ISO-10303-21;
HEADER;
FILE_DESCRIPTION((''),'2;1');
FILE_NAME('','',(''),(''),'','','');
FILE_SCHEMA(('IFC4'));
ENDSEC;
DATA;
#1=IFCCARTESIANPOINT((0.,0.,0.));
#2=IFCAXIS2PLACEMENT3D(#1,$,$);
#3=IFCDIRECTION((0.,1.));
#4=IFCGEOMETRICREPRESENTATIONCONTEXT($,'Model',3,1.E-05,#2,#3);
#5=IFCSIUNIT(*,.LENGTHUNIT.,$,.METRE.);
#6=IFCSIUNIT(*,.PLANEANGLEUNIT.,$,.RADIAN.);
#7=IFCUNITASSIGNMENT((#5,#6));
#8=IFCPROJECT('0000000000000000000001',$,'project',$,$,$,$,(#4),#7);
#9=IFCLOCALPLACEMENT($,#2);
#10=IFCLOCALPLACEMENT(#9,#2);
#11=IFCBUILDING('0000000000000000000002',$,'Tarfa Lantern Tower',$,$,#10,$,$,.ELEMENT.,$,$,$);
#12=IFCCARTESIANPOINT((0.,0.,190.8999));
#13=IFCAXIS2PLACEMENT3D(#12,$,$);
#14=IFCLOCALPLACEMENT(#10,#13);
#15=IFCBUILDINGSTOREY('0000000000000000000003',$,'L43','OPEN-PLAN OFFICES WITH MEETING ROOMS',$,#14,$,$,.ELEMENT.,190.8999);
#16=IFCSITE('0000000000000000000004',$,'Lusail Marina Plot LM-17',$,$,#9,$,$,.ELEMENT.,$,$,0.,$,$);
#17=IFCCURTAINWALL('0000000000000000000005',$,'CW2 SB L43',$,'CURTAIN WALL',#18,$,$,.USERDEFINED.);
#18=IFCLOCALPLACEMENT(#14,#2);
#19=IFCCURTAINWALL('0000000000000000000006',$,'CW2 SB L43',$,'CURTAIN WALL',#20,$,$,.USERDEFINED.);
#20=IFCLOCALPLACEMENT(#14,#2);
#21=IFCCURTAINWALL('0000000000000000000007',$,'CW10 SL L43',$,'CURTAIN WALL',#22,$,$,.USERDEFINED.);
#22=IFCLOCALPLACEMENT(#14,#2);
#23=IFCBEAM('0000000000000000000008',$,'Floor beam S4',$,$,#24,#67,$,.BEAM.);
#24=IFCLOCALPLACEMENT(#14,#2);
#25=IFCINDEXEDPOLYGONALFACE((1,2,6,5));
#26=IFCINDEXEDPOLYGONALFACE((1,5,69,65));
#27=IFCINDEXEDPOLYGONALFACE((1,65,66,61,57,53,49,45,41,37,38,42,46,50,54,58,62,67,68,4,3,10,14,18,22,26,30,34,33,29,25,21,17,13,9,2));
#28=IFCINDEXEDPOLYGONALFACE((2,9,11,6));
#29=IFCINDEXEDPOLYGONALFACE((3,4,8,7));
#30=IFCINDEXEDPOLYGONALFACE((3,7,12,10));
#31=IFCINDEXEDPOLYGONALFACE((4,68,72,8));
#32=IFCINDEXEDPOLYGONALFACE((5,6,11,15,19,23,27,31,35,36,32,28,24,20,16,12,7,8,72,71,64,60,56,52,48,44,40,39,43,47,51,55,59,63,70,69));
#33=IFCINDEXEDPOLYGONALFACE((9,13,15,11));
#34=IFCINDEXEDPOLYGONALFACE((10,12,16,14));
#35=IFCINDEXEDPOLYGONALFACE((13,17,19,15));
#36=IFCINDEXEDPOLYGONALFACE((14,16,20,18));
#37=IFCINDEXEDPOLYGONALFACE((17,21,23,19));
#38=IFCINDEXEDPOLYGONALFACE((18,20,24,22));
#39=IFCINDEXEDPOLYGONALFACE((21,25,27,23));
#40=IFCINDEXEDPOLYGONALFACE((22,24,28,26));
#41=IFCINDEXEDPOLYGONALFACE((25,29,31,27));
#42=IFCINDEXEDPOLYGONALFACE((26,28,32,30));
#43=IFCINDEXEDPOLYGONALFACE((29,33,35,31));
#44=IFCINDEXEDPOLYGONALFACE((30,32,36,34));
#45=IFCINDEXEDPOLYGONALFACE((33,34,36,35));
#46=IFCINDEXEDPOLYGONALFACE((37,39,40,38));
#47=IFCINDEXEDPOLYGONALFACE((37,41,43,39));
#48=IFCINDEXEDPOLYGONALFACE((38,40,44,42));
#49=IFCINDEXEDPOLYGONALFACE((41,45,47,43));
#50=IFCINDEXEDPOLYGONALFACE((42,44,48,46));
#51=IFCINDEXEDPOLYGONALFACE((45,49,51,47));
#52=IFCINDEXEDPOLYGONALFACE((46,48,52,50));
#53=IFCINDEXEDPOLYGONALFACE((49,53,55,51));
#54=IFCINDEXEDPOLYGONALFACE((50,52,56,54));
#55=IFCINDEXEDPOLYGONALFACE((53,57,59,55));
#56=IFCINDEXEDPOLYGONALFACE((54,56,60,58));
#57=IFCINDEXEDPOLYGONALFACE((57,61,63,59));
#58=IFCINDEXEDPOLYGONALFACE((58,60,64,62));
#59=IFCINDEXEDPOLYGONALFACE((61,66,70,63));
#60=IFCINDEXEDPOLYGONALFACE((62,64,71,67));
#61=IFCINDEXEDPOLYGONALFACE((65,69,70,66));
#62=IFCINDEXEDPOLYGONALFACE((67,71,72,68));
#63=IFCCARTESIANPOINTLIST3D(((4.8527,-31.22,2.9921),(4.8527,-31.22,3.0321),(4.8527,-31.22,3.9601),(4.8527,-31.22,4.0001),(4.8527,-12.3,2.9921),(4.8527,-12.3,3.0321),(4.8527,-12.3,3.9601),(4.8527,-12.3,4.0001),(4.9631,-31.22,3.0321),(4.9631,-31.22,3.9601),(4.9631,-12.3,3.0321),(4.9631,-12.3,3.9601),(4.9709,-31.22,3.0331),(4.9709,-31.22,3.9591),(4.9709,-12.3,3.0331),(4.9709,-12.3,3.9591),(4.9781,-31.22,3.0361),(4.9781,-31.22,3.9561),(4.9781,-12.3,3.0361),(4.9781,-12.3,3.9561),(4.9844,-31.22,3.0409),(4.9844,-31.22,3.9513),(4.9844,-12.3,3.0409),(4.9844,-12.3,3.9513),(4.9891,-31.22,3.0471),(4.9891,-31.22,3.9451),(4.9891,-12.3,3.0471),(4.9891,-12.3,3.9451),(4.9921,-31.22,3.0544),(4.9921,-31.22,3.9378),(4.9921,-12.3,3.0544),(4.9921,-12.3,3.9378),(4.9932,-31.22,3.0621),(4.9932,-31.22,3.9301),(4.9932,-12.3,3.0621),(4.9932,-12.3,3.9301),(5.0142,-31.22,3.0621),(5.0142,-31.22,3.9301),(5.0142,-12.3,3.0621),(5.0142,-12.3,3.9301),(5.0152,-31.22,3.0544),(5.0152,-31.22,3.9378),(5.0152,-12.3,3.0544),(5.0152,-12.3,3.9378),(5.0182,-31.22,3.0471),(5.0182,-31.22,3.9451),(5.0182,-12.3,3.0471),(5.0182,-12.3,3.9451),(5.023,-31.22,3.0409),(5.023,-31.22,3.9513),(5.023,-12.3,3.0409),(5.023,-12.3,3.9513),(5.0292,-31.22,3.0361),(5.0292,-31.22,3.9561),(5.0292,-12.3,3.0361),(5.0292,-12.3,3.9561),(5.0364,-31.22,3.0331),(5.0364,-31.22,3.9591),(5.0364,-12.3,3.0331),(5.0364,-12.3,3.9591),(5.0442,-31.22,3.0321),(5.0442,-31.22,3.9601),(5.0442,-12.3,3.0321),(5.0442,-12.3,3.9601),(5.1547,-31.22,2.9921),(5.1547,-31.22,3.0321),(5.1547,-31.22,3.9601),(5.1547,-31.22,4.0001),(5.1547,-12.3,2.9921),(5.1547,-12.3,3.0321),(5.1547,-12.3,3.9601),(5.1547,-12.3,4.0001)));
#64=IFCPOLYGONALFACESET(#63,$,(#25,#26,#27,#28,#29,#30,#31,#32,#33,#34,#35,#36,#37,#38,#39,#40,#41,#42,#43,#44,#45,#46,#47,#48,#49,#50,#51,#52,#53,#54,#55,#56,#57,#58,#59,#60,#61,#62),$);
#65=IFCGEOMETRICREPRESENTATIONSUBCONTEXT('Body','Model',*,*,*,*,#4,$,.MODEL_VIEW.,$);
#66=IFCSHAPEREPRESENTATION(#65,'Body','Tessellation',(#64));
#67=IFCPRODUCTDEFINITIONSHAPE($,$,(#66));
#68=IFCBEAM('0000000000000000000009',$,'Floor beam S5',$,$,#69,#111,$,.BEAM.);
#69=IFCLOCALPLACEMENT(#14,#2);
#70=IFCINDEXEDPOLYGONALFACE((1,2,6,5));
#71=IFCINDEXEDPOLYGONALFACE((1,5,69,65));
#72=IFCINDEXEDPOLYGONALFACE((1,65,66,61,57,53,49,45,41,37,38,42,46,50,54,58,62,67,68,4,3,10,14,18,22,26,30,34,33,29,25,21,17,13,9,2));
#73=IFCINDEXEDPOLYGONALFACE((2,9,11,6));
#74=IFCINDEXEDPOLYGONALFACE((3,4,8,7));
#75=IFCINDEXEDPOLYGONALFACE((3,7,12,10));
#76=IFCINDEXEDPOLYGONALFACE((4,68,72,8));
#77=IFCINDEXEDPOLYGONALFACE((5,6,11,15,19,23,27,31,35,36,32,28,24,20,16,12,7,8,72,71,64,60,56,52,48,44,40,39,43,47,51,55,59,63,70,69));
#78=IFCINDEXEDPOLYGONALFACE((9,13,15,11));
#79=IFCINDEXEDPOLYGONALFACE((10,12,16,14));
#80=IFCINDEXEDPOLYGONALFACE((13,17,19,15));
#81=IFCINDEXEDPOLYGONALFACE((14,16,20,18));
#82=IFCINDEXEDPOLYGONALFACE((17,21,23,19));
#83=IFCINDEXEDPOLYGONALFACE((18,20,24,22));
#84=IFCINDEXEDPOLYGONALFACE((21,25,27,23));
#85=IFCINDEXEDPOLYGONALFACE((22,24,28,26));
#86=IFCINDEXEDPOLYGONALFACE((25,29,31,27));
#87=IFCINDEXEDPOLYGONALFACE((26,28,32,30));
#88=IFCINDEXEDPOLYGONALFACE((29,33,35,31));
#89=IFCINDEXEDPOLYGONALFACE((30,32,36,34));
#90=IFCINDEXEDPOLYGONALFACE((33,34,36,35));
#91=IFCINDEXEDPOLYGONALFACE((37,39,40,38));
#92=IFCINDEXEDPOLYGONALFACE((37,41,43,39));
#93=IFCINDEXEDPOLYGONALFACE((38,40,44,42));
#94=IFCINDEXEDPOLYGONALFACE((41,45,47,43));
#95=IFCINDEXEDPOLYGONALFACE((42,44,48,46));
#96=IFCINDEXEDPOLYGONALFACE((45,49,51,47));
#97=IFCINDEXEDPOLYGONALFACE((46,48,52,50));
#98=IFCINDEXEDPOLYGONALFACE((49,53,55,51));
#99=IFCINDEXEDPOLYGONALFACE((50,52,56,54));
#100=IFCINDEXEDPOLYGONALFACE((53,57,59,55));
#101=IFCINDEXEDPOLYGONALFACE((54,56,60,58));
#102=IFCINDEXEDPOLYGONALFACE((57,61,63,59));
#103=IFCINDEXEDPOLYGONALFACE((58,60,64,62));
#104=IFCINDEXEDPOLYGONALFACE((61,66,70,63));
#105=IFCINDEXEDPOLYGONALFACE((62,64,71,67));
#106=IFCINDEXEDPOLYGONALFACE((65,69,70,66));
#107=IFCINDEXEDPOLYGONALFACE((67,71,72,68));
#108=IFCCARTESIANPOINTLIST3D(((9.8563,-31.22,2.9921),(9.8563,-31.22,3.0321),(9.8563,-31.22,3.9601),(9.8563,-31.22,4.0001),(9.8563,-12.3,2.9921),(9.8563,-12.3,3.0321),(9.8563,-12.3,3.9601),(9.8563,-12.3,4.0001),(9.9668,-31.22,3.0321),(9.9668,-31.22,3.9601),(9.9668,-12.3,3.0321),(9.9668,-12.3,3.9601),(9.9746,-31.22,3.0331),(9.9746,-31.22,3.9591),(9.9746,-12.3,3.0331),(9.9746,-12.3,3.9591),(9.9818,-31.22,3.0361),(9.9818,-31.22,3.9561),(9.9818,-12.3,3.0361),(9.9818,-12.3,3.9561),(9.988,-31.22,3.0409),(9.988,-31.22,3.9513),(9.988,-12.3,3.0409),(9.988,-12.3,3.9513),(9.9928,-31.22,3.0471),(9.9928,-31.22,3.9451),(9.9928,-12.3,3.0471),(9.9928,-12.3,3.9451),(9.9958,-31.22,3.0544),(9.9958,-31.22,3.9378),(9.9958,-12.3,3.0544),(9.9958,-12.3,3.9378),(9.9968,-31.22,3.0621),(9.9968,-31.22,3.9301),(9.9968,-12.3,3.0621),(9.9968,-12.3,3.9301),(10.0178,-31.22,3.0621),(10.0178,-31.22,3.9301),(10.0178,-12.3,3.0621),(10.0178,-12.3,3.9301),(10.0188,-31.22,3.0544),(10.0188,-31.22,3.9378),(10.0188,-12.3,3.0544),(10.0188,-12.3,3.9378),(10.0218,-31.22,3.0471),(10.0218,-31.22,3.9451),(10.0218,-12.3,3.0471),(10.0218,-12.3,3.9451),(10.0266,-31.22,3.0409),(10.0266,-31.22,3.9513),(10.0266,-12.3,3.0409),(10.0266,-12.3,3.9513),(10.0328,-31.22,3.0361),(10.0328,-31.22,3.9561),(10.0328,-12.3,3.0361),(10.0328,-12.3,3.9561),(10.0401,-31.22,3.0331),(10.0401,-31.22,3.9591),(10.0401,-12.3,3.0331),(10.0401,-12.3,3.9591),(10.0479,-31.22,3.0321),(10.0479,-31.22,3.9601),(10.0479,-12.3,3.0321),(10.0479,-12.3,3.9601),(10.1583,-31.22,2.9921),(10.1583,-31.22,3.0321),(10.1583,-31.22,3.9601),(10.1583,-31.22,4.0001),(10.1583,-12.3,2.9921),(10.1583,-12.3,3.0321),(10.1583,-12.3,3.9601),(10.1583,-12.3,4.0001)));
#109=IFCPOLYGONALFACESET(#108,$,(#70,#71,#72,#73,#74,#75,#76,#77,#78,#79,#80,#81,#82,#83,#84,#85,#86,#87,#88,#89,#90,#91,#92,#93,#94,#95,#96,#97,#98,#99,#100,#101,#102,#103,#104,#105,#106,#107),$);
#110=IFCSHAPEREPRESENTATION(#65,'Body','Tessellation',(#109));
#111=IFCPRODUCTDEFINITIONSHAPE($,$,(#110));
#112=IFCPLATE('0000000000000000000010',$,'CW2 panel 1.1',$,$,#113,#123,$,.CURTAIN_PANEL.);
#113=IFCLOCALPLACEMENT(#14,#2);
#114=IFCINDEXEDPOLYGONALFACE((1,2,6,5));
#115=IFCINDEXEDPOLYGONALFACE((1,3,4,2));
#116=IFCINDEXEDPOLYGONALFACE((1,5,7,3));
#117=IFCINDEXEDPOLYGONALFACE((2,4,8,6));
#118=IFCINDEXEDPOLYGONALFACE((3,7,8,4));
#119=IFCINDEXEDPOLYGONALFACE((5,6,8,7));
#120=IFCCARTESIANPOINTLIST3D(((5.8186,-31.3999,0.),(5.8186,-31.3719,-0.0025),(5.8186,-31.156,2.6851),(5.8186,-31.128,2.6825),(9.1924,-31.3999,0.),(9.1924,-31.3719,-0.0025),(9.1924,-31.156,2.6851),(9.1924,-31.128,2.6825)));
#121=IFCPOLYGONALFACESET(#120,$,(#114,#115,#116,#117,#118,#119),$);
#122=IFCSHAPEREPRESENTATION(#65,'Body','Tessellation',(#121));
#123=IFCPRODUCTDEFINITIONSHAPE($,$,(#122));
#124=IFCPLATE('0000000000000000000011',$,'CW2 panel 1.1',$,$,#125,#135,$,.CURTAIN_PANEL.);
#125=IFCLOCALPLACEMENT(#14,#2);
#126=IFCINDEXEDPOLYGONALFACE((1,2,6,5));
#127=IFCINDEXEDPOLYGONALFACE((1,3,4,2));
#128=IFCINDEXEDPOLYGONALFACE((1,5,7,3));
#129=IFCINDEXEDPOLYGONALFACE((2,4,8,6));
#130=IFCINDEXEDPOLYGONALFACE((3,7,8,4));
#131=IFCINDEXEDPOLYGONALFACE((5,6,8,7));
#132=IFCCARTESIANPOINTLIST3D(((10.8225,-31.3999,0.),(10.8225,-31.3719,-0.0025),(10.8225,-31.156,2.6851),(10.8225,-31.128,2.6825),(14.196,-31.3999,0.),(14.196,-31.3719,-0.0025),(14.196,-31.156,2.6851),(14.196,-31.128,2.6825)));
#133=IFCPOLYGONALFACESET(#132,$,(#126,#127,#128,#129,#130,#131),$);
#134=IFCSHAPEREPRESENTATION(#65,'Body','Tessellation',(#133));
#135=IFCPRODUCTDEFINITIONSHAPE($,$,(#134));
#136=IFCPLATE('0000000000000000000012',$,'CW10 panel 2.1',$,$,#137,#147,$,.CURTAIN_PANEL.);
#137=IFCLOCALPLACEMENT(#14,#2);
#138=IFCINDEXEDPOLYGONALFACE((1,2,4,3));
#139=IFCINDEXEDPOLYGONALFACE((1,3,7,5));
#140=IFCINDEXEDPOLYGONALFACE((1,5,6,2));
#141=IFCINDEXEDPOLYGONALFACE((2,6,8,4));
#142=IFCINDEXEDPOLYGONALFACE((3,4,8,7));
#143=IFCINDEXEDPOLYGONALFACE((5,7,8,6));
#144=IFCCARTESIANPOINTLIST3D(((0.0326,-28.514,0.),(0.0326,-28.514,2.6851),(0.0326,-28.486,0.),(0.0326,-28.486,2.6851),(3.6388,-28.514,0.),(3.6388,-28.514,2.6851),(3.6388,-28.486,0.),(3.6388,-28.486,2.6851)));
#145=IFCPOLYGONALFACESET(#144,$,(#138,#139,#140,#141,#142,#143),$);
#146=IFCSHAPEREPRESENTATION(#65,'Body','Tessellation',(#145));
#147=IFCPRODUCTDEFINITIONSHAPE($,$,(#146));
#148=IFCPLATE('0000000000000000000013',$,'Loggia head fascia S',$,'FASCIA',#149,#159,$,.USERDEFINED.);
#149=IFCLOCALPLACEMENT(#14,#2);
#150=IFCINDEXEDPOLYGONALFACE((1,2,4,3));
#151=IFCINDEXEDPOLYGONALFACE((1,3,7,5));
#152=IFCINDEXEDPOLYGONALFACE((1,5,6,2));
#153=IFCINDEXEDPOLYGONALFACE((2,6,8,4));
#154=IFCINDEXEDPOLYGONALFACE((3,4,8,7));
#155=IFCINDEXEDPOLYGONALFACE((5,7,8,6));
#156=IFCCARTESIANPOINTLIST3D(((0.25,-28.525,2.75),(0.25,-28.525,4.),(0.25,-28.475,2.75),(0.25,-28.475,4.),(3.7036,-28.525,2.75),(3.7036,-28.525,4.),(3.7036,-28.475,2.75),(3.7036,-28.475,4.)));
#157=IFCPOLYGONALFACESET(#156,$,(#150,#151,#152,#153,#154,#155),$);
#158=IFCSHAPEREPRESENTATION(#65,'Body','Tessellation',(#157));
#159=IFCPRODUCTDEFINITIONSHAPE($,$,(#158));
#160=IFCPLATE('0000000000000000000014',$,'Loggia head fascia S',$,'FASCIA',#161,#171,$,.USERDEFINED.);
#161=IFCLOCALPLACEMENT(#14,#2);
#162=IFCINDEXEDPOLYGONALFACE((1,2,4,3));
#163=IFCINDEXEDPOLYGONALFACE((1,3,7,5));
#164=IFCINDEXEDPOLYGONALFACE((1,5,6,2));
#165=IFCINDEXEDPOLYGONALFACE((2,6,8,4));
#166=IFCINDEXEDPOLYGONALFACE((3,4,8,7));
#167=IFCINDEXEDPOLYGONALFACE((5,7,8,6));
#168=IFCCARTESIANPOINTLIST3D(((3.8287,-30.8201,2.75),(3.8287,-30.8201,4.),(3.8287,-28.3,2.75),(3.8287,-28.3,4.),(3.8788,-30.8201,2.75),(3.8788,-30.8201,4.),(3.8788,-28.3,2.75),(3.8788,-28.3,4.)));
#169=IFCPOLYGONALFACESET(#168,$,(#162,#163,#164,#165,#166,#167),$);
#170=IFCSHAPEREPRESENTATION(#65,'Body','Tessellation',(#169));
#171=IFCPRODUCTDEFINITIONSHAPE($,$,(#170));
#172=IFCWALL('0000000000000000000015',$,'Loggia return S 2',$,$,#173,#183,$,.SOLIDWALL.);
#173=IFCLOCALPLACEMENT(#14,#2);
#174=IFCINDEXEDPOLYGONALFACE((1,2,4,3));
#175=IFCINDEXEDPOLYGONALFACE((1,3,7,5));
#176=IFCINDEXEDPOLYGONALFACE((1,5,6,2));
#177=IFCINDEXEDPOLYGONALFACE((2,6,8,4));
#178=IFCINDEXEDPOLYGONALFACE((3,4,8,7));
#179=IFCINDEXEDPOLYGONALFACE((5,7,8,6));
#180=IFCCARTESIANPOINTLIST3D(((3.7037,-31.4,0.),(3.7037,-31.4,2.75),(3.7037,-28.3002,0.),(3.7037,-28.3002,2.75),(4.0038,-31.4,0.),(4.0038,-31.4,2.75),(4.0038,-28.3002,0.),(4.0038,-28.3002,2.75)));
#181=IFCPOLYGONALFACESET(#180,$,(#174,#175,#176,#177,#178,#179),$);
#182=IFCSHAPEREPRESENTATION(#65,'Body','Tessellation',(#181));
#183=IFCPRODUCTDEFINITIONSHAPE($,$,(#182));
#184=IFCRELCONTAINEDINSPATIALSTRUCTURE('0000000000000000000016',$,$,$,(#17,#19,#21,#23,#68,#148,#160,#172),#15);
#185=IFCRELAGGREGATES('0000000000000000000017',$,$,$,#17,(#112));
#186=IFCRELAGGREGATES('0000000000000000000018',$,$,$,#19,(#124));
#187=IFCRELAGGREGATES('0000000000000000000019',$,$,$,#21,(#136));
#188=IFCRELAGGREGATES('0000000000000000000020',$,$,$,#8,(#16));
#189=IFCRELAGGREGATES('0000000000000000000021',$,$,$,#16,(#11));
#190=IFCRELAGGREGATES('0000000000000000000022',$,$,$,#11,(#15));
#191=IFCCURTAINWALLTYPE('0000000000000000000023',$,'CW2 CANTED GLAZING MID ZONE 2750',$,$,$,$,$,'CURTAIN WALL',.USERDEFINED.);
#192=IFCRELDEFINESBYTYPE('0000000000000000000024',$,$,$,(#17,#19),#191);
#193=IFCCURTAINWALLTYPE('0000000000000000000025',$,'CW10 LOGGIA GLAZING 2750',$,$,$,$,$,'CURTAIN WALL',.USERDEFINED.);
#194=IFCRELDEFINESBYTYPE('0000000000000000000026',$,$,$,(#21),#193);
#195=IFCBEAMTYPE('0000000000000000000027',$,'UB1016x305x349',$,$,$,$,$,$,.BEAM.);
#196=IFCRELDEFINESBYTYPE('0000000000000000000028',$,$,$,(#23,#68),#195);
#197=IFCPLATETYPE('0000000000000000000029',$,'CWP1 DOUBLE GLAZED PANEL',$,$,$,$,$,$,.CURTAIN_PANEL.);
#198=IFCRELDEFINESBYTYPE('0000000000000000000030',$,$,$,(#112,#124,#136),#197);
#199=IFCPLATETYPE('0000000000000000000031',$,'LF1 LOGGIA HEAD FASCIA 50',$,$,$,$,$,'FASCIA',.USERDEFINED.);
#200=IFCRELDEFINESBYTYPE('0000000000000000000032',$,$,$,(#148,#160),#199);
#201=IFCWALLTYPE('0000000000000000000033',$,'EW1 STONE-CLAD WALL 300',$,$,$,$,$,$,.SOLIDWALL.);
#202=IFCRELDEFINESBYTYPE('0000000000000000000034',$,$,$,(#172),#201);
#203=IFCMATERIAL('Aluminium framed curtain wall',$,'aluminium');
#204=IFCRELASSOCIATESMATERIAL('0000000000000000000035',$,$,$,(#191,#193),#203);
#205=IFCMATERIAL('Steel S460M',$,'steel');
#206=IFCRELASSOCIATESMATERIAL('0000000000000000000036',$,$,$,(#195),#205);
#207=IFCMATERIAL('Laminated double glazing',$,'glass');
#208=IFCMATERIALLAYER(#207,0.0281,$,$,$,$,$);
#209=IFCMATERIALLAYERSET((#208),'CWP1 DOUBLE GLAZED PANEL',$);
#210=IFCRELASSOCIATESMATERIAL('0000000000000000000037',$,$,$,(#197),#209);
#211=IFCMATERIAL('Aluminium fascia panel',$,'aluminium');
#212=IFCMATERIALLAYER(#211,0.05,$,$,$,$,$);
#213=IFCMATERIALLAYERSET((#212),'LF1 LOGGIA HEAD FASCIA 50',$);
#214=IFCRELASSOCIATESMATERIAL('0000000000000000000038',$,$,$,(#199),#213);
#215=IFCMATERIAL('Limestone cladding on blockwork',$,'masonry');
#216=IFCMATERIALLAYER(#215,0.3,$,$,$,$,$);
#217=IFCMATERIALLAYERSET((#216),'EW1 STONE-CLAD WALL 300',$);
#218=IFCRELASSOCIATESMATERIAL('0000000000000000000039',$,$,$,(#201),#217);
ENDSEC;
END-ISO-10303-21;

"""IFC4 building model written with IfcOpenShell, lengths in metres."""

from ifc_helpers import new_model, si_unit, direction, frame, frame_2d, origin, origin_2d, place, context, subcontext, project, spatial, polyline, rectangle, i_section, outline, extrude, material, layer, layer_set, material_profile, profile_set, type_object, element, aggregate, save


model = new_model("IFC4")

# Units and contexts
model_context = context("Model", 3, precision=1e-05, world=origin(), true_north=direction((0.0, 1.0)))
body_context = subcontext(model_context, "Body", "Model", "MODEL_VIEW")
ifc_project = project(units=[si_unit("LENGTHUNIT", "METRE"), si_unit("PLANEANGLEUNIT", "RADIAN")], contexts=[model_context])

# Site, building, storey
site_placement = place(None, origin())
site = spatial("IfcSite", under=ifc_project, at=site_placement, Name="Lusail Marina Plot LM-17", CompositionType="ELEMENT", RefElevation=0.0)
building_placement = place(site_placement, origin())
building = spatial("IfcBuilding", under=site, at=building_placement, Name="Tarfa Lantern Tower", CompositionType="ELEMENT")
storey_placement = place(building_placement, frame((0.0, 0.0, 190.8999)))
storey = spatial("IfcBuildingStorey", under=building, at=storey_placement, Name="L43", Description="OPEN-PLAN OFFICES WITH MEETING ROOMS", CompositionType="ELEMENT", Elevation=190.8999)

# Curtain wall
ifc_material_1 = material(Name="Aluminium framed curtain wall", Category="aluminium")
curtain_wall_type_1 = type_object("IfcCurtainWallType", Name="CW2 CANTED GLAZING MID ZONE 2750", ElementType="CURTAIN WALL", PredefinedType="USERDEFINED", material=ifc_material_1)
curtain_wall_1_placement = place(storey_placement, origin())
curtain_wall_1 = element("IfcCurtainWall", 1, at=curtain_wall_1_placement, inside=storey, type_object=curtain_wall_type_1, Name="CW2 SB L43", ObjectType="CURTAIN WALL", PredefinedType="USERDEFINED")

# Curtain walls
curtain_wall_2_placement = place(storey_placement, origin())
curtain_wall_2 = element("IfcCurtainWall", 2, at=curtain_wall_2_placement, inside=storey, type_object=curtain_wall_type_1, Name="CW2 SB L43", ObjectType="CURTAIN WALL", PredefinedType="USERDEFINED")
curtain_wall_type_2 = type_object("IfcCurtainWallType", Name="CW10 LOGGIA GLAZING 2750", ElementType="CURTAIN WALL", PredefinedType="USERDEFINED", material=ifc_material_1)
curtain_wall_3_placement = place(storey_placement, origin())
curtain_wall_3 = element("IfcCurtainWall", 3, at=curtain_wall_3_placement, inside=storey, type_object=curtain_wall_type_2, Name="CW10 SL L43", ObjectType="CURTAIN WALL", PredefinedType="USERDEFINED")

# Beams
ifc_material_2 = material(Name="Steel S460M", Category="steel")
ifc_material_profile_1 = material_profile(ifc_material_2, i_section(OverallWidth=0.302, OverallDepth=1.0081, WebThickness=0.021, FlangeThickness=0.04, FilletRadius=0.03, at=origin_2d()), Name="UB1016x305x349")
ifc_profile_set_1 = profile_set([ifc_material_profile_1], Name="Steel S460M")
beam_type_1 = type_object("IfcBeamType", Name="UB1016x305x349", PredefinedType="BEAM", material=ifc_profile_set_1)
for number, where, z_axis, x_axis, name in (
    (4, (5.0037, -31.22, 3.4961), (0.0, 1.0, 0.0), (-1.0, 0.0, 0.0), "Floor beam S4"),
    (5, (10.0073, -31.22, 3.4961), (0.0, 1.0, 0.0), (-1.0, 0.0, 0.0), "Floor beam S5"),
):
    element("IfcBeam", number, at=place(storey_placement, frame(where, z_axis=z_axis, x_axis=x_axis)), inside=storey, type_object=beam_type_1, Name=name, PredefinedType="BEAM", context=body_context, shape_type="SweptSolid", body=[
        extrude(i_section(OverallWidth=0.302, OverallDepth=1.0081, WebThickness=0.021, FlangeThickness=0.04, FilletRadius=0.03, at=origin_2d()), origin(), (0.0, 0.0, 1.0), 18.9199),
    ])

# Plates
ifc_material_3 = material(Name="Laminated double glazing", Category="glass")
ifc_layer_1 = layer(ifc_material_3, 0.0281)
ifc_layer_set_1 = layer_set([ifc_layer_1], Name="CWP1 DOUBLE GLAZED PANEL")
plate_type_1 = type_object("IfcPlateType", Name="CWP1 DOUBLE GLAZED PANEL", PredefinedType="CURTAIN_PANEL", material=ifc_layer_set_1)
plate_1_placement = place(storey_placement, frame((5.8186, -31.3999, 0.0), z_axis=(0.0, -0.9959, 0.090462), x_axis=(1.0, 0.0, 0.0)))
plate_1 = element("IfcPlate", 6, at=plate_1_placement, type_object=plate_type_1, Name="CW2 panel 1.1", PredefinedType="CURTAIN_PANEL", context=body_context, shape_type="SweptSolid", body=[
    extrude(outline(polyline([(0.0, 0.0), (3.3738, 0.0), (3.3738, 2.6961), (0.0, 2.6961), (0.0, 0.0)])), origin(), (0.0, 0.0, -1.0), 0.0281),
])
aggregate(curtain_wall_1, [plate_1])
plate_2_placement = place(storey_placement, frame((10.8225, -31.3999, 0.0), z_axis=(0.0, -0.9959, 0.090462), x_axis=(1.0, 0.0, 0.0)))
plate_2 = element("IfcPlate", 7, at=plate_2_placement, type_object=plate_type_1, Name="CW2 panel 1.1", PredefinedType="CURTAIN_PANEL", context=body_context, shape_type="SweptSolid", body=[
    extrude(outline(polyline([(0.0, 0.0), (3.3735, 0.0), (3.3735, 2.6961), (0.0, 2.6961), (0.0, 0.0)])), origin(), (0.0, 0.0, -1.0), 0.0281),
])
aggregate(curtain_wall_2, [plate_2])
plate_3_placement = place(storey_placement, frame((1.8357, -28.5, 0.0), z_axis=(0.0, 0.0, 1.0), x_axis=(1.0, 0.0, 0.0)))
plate_3 = element("IfcPlate", 8, at=plate_3_placement, type_object=plate_type_1, Name="CW10 panel 2.1", PredefinedType="CURTAIN_PANEL", context=body_context, shape_type="SweptSolid", body=[
    extrude(rectangle(XDim=3.6062, YDim=0.0281, at=origin_2d()), origin(), (0.0, 0.0, 1.0), 2.6851),
])
aggregate(curtain_wall_3, [plate_3])

# Plates
ifc_material_4 = material(Name="Aluminium fascia panel", Category="aluminium")
ifc_layer_2 = layer(ifc_material_4, 0.05)
ifc_layer_set_2 = layer_set([ifc_layer_2], Name="LF1 LOGGIA HEAD FASCIA 50")
plate_type_2 = type_object("IfcPlateType", Name="LF1 LOGGIA HEAD FASCIA 50", ElementType="FASCIA", PredefinedType="USERDEFINED", material=ifc_layer_set_2)
plate_4_placement = place(storey_placement, frame((1.9768, -28.5, 2.75), z_axis=(0.0, 0.0, 1.0), x_axis=(1.0, 0.0, 0.0)))
element("IfcPlate", 9, at=plate_4_placement, inside=storey, type_object=plate_type_2, Name="Loggia head fascia S", ObjectType="FASCIA", PredefinedType="USERDEFINED", context=body_context, shape_type="SweptSolid", body=[
    extrude(rectangle(XDim=3.4536, YDim=0.05, at=origin_2d()), origin(), (0.0, 0.0, 1.0), 1.25),
])
plate_5_placement = place(storey_placement, frame((3.8538, -29.5601, 2.75), z_axis=(0.0, 0.0, 1.0), x_axis=(0.0, 1.0, 0.0)))
element("IfcPlate", 10, at=plate_5_placement, inside=storey, type_object=plate_type_2, Name="Loggia head fascia S", ObjectType="FASCIA", PredefinedType="USERDEFINED", context=body_context, shape_type="SweptSolid", body=[
    extrude(rectangle(XDim=2.52, YDim=0.05, at=origin_2d()), origin(), (0.0, 0.0, 1.0), 1.25),
])

# Wall
ifc_material_5 = material(Name="Limestone cladding on blockwork", Category="masonry")
ifc_layer_3 = layer(ifc_material_5, 0.3)
ifc_layer_set_3 = layer_set([ifc_layer_3], Name="EW1 STONE-CLAD WALL 300")
wall_type = type_object("IfcWallType", Name="EW1 STONE-CLAD WALL 300", PredefinedType="SOLIDWALL", material=ifc_layer_set_3)
wall_placement = place(storey_placement, frame((3.8538, -31.3999, 0.0), z_axis=(0.0, 0.0, 1.0), x_axis=(0.0, 1.0, 0.0)))
element("IfcWall", 11, at=wall_placement, inside=storey, type_object=wall_type, Name="Loggia return S 2", PredefinedType="SOLIDWALL", context=body_context, shape_type="SweptSolid", body=[
    extrude(rectangle(XDim=3.0999, YDim=0.3, at=frame_2d((1.5498, 0.0))), origin(), (0.0, 0.0, 1.0), 2.75),
])

save(model, "model.ifc")
